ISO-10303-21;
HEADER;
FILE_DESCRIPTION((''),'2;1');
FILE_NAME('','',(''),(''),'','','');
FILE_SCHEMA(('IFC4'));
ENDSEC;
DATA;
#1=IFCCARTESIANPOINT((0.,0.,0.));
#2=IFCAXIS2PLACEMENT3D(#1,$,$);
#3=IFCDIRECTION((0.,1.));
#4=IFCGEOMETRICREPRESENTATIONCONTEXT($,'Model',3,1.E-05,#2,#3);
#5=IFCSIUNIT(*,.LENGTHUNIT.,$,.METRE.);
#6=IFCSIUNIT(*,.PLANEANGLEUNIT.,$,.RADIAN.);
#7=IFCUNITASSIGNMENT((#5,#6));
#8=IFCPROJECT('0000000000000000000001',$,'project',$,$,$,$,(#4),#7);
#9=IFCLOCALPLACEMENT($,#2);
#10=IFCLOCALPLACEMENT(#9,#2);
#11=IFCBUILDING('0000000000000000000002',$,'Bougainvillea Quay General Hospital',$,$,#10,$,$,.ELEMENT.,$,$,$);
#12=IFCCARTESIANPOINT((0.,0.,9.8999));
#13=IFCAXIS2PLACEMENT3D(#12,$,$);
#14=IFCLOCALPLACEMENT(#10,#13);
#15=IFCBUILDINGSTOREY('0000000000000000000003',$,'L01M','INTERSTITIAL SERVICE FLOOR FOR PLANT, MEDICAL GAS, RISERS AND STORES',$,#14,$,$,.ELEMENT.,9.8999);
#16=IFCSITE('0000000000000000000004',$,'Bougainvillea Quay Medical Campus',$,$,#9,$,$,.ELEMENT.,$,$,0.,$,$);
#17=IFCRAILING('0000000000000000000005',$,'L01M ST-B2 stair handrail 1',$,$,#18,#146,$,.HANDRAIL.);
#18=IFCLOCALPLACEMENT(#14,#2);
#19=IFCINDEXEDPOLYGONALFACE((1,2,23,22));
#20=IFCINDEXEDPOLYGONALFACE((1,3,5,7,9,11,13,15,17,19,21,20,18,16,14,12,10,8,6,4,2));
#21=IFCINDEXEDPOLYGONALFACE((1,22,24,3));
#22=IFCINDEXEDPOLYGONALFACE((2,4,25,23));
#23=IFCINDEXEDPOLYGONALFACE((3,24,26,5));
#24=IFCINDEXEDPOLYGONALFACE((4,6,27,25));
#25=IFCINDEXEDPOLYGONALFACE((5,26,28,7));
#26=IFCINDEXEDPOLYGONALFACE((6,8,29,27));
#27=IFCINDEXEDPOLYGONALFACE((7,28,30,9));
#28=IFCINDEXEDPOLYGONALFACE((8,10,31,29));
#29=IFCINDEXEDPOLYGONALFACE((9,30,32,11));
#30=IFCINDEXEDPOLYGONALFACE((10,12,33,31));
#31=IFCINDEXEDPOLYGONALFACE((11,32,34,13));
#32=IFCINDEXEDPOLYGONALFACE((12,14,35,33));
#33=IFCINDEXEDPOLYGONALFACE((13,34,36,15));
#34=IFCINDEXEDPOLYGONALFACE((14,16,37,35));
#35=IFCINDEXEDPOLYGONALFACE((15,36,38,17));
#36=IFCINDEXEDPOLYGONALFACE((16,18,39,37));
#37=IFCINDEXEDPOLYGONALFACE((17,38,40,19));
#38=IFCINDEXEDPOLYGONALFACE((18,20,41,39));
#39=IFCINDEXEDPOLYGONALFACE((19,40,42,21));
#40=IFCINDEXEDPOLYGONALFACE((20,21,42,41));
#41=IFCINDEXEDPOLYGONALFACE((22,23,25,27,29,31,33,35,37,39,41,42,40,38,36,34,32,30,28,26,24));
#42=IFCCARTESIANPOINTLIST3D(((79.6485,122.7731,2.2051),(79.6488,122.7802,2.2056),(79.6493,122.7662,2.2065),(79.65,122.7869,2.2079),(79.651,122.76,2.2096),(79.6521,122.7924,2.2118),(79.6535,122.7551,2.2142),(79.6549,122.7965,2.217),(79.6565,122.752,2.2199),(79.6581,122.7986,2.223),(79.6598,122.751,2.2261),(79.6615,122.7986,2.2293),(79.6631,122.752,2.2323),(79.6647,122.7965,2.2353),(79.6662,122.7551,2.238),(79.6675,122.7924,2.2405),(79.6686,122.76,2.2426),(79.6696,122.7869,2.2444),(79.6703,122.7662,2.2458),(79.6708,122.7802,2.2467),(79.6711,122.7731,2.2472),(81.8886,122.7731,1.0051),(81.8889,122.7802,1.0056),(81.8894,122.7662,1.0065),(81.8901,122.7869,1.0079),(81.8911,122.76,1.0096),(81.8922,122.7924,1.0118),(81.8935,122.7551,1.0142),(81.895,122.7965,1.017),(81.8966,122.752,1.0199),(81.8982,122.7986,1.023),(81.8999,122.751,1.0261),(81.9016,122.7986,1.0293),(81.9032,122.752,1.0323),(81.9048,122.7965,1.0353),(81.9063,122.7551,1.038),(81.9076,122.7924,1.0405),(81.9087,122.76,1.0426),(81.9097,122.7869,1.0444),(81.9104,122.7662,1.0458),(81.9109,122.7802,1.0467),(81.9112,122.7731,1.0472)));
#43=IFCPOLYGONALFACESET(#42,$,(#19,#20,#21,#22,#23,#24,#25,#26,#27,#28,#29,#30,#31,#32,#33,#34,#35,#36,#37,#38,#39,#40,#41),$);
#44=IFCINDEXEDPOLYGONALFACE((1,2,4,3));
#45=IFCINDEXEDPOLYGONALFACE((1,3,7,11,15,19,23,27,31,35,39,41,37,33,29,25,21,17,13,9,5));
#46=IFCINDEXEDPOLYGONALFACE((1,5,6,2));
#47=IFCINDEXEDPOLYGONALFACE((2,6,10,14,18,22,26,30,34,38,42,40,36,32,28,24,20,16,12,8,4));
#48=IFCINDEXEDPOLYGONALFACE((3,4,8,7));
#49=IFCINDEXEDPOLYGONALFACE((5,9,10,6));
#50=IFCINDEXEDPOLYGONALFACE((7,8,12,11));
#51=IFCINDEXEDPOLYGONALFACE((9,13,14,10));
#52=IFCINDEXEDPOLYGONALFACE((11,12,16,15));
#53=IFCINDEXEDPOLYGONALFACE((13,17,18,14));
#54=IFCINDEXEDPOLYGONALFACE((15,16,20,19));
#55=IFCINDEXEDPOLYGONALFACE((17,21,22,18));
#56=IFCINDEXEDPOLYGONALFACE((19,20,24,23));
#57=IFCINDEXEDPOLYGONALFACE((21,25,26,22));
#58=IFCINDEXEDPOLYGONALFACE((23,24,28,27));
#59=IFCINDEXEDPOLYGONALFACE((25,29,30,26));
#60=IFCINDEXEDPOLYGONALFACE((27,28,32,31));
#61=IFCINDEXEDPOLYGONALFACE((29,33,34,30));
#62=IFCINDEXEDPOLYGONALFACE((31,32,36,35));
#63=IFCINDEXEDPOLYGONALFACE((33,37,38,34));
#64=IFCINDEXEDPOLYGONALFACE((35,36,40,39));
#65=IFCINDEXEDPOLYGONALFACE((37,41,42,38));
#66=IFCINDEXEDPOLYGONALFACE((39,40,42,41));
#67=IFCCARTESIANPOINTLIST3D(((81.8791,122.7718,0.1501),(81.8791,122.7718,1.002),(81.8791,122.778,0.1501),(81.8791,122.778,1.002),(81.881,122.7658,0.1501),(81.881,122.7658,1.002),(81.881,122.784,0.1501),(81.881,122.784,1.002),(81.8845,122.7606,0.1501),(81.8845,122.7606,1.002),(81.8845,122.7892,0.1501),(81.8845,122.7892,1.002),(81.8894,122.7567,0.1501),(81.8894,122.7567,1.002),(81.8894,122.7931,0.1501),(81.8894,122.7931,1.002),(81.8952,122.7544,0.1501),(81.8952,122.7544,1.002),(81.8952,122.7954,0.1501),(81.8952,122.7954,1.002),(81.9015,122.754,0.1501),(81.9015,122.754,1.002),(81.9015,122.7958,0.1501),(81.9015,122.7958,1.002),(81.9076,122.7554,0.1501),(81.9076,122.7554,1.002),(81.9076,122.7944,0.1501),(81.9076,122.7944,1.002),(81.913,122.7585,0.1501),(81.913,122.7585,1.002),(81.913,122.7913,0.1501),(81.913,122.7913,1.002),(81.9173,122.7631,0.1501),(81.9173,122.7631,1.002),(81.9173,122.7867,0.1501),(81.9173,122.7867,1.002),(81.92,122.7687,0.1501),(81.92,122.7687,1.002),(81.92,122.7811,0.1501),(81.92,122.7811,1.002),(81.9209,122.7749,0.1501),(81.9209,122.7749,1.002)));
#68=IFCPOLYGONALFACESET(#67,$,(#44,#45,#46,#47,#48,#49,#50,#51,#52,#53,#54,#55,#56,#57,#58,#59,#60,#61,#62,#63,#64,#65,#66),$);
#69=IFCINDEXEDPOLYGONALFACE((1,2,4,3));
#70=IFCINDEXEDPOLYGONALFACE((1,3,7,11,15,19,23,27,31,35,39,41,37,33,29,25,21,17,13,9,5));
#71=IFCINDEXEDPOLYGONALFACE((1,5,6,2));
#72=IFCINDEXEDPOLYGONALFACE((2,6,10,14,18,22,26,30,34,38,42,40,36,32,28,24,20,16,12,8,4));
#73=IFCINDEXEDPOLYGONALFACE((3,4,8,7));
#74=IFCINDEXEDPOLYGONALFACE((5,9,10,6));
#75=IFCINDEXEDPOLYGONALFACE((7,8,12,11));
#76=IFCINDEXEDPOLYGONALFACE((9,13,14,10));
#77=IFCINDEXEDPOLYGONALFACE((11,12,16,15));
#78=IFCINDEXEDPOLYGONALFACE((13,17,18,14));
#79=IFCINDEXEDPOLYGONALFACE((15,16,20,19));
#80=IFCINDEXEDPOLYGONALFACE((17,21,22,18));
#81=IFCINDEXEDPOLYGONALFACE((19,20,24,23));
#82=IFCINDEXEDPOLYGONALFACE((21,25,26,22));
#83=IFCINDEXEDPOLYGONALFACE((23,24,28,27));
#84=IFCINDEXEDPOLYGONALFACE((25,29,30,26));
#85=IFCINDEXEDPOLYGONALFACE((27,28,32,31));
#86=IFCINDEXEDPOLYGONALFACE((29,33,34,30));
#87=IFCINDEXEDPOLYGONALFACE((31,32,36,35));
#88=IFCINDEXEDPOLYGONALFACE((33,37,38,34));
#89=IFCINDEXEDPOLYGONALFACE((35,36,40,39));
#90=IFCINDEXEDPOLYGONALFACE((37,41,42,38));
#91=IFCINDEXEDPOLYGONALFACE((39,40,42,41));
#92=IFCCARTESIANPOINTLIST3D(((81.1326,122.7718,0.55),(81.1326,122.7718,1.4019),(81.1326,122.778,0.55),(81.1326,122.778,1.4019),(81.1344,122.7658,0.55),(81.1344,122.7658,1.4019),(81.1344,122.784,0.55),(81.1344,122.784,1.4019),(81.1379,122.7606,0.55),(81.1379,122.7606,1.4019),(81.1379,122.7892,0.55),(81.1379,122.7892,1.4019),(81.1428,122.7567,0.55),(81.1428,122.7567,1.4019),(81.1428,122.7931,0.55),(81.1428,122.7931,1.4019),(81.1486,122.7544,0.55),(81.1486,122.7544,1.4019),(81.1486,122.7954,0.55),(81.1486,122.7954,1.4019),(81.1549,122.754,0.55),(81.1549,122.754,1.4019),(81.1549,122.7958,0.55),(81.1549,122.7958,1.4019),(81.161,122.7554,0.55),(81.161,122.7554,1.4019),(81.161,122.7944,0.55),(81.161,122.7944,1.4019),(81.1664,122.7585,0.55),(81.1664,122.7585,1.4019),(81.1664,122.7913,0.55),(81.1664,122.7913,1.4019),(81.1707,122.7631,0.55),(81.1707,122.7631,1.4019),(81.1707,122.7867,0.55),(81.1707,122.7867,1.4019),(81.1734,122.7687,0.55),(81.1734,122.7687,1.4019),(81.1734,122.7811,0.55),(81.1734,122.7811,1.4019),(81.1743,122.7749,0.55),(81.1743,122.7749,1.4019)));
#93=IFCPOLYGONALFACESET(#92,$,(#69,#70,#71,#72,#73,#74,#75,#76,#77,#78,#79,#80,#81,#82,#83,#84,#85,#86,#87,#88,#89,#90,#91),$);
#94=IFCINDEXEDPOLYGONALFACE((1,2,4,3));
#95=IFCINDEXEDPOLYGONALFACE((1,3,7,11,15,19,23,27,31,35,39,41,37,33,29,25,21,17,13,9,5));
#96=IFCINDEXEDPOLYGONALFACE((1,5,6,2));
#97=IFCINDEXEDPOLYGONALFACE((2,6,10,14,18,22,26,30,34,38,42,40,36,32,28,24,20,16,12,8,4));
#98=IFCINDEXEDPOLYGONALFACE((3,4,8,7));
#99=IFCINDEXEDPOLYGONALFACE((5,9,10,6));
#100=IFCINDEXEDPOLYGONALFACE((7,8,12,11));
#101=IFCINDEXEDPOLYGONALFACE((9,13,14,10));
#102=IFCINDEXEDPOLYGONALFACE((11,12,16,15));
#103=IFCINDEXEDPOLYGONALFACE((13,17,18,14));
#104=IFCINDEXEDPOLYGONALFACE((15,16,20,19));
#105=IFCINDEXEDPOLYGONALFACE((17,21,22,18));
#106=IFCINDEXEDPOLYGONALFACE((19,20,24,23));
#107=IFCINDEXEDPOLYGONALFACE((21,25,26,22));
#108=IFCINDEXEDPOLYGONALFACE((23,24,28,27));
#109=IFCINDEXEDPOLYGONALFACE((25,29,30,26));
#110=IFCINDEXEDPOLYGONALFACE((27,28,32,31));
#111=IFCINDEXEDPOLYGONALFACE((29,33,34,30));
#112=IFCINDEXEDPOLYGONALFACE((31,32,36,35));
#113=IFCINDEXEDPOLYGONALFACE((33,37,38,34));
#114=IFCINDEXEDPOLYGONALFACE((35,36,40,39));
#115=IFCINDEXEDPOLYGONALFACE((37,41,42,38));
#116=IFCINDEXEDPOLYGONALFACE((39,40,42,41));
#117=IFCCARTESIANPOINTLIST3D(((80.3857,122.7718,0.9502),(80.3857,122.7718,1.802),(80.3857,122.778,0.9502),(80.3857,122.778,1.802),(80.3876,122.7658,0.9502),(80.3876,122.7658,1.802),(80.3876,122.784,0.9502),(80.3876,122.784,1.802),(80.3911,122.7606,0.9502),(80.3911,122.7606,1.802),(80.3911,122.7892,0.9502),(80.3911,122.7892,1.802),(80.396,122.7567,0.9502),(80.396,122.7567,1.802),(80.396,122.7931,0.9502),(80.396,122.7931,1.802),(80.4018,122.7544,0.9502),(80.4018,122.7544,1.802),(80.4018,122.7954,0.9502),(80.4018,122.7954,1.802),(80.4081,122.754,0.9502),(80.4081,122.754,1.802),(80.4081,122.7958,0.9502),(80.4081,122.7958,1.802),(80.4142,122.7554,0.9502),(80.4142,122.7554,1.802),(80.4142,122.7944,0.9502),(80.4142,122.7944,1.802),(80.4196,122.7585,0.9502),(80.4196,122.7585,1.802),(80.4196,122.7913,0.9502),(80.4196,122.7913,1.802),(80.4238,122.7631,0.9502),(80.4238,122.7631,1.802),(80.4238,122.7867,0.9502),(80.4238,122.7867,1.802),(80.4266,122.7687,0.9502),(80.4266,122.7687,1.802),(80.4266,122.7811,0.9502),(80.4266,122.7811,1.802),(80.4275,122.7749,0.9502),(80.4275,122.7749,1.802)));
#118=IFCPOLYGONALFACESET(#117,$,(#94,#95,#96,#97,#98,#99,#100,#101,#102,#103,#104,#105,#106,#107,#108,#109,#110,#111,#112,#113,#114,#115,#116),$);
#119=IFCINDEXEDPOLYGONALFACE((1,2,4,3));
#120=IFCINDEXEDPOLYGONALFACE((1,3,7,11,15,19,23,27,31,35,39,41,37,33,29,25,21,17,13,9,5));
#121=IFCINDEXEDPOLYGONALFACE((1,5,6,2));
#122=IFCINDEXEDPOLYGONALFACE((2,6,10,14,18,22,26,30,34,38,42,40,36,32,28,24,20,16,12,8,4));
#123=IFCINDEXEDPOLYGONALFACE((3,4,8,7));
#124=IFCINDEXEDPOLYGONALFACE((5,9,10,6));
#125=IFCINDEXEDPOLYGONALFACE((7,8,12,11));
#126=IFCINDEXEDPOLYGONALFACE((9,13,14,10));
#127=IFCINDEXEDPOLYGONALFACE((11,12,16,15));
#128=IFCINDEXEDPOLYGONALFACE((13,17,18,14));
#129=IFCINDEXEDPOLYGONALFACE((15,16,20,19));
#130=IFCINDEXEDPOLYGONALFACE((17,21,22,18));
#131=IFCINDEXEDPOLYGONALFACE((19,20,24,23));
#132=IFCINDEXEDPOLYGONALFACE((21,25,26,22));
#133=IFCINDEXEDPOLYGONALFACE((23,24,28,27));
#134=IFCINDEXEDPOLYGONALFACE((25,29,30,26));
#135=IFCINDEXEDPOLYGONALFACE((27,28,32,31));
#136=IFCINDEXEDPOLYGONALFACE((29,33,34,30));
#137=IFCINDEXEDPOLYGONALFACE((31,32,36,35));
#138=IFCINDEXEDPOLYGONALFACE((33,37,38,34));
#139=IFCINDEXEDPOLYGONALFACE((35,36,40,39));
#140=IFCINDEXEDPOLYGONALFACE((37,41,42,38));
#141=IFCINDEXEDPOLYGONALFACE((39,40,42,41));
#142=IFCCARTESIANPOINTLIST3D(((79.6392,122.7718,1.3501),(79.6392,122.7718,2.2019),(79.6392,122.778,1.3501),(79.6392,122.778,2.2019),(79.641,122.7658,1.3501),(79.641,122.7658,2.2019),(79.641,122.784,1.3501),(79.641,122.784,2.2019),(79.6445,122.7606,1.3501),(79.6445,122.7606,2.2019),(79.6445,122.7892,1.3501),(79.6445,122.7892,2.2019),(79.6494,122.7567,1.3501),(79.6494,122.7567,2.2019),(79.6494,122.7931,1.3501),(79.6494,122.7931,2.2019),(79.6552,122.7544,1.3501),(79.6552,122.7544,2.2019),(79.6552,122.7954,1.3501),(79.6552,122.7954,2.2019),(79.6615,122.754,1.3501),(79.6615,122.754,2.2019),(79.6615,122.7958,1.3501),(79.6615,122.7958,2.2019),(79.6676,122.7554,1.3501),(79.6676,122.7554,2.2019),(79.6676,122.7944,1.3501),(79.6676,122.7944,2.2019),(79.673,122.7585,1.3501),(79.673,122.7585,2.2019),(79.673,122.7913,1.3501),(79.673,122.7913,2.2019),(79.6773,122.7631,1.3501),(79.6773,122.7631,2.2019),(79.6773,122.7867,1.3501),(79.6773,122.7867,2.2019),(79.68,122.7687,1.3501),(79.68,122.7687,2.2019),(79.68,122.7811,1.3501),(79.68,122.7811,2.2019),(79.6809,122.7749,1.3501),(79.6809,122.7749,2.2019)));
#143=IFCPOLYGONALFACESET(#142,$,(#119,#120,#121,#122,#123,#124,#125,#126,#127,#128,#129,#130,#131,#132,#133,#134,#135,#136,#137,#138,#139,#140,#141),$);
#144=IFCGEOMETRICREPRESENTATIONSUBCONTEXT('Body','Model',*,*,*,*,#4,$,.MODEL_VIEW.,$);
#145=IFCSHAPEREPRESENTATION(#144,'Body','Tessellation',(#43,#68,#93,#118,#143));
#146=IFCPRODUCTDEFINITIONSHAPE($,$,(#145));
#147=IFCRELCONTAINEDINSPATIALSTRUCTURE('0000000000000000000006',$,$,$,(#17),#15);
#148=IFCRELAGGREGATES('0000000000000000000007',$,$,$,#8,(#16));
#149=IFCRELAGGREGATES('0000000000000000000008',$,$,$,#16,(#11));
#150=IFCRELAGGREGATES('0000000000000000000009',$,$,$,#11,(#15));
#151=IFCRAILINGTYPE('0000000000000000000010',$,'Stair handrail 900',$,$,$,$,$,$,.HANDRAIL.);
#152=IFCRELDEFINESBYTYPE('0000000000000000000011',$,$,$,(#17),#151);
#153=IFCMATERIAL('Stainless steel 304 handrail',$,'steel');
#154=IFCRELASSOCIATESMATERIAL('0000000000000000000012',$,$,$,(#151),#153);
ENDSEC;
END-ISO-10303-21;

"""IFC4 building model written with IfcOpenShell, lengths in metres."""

from ifc_helpers import new_model, si_unit, direction, frame, origin, origin_2d, place, context, subcontext, project, spatial, circle, extrude, material, type_object, element, save


model = new_model("IFC4")

# Units and contexts
model_context = context("Model", 3, precision=1e-05, world=origin(), true_north=direction((0.0, 1.0)))
body_context = subcontext(model_context, "Body", "Model", "MODEL_VIEW")
ifc_project = project(units=[si_unit("LENGTHUNIT", "METRE"), si_unit("PLANEANGLEUNIT", "RADIAN")], contexts=[model_context])

# Site, building, storey
site_placement = place(None, origin())
site = spatial("IfcSite", under=ifc_project, at=site_placement, Name="Bougainvillea Quay Medical Campus", CompositionType="ELEMENT", RefElevation=0.0)
building_placement = place(site_placement, origin())
building = spatial("IfcBuilding", under=site, at=building_placement, Name="Bougainvillea Quay General Hospital", CompositionType="ELEMENT")
storey_placement = place(building_placement, frame((0.0, 0.0, 9.8999)))
storey = spatial("IfcBuildingStorey", under=building, at=storey_placement, Name="L01M", Description="INTERSTITIAL SERVICE FLOOR FOR PLANT, MEDICAL GAS, RISERS AND STORES", CompositionType="ELEMENT", Elevation=9.8999)

# Railing
ifc_material_1 = material(Name="Stainless steel 304 handrail", Category="steel")
railing_type_1 = type_object("IfcRailingType", Name="Stair handrail 900", PredefinedType="HANDRAIL", material=ifc_material_1)
railing_1_placement = place(storey_placement, frame((81.8999, 122.7749, 0.1501)))
element("IfcRailing", 1, at=railing_1_placement, inside=storey, type_object=railing_type_1, Name="L01M ST-B2 stair handrail 1", PredefinedType="HANDRAIL", context=body_context, shape_type="SweptSolid", body=[
    extrude(circle(Radius=0.0239, at=origin_2d()), frame((0.0, 0.0, 0.876), z_axis=(-0.881487, 0.0, 0.472208), x_axis=(0.0, -1.0, 0.0)), (0.0, 0.0, 1.0), 2.5413),
    extrude(circle(Radius=0.021, at=origin_2d()), origin(), (0.0, 0.0, 1.0), 0.8518),
    extrude(circle(Radius=0.021, at=origin_2d()), frame((-0.7466, 0.0, 0.3999)), (0.0, 0.0, 1.0), 0.8518),
    extrude(circle(Radius=0.021, at=origin_2d()), frame((-1.4934, 0.0, 0.8)), (0.0, 0.0, 1.0), 0.8518),
    extrude(circle(Radius=0.021, at=origin_2d()), frame((-2.24, 0.0, 1.2)), (0.0, 0.0, 1.0), 0.8518),
])

save(model, "model.ifc")
